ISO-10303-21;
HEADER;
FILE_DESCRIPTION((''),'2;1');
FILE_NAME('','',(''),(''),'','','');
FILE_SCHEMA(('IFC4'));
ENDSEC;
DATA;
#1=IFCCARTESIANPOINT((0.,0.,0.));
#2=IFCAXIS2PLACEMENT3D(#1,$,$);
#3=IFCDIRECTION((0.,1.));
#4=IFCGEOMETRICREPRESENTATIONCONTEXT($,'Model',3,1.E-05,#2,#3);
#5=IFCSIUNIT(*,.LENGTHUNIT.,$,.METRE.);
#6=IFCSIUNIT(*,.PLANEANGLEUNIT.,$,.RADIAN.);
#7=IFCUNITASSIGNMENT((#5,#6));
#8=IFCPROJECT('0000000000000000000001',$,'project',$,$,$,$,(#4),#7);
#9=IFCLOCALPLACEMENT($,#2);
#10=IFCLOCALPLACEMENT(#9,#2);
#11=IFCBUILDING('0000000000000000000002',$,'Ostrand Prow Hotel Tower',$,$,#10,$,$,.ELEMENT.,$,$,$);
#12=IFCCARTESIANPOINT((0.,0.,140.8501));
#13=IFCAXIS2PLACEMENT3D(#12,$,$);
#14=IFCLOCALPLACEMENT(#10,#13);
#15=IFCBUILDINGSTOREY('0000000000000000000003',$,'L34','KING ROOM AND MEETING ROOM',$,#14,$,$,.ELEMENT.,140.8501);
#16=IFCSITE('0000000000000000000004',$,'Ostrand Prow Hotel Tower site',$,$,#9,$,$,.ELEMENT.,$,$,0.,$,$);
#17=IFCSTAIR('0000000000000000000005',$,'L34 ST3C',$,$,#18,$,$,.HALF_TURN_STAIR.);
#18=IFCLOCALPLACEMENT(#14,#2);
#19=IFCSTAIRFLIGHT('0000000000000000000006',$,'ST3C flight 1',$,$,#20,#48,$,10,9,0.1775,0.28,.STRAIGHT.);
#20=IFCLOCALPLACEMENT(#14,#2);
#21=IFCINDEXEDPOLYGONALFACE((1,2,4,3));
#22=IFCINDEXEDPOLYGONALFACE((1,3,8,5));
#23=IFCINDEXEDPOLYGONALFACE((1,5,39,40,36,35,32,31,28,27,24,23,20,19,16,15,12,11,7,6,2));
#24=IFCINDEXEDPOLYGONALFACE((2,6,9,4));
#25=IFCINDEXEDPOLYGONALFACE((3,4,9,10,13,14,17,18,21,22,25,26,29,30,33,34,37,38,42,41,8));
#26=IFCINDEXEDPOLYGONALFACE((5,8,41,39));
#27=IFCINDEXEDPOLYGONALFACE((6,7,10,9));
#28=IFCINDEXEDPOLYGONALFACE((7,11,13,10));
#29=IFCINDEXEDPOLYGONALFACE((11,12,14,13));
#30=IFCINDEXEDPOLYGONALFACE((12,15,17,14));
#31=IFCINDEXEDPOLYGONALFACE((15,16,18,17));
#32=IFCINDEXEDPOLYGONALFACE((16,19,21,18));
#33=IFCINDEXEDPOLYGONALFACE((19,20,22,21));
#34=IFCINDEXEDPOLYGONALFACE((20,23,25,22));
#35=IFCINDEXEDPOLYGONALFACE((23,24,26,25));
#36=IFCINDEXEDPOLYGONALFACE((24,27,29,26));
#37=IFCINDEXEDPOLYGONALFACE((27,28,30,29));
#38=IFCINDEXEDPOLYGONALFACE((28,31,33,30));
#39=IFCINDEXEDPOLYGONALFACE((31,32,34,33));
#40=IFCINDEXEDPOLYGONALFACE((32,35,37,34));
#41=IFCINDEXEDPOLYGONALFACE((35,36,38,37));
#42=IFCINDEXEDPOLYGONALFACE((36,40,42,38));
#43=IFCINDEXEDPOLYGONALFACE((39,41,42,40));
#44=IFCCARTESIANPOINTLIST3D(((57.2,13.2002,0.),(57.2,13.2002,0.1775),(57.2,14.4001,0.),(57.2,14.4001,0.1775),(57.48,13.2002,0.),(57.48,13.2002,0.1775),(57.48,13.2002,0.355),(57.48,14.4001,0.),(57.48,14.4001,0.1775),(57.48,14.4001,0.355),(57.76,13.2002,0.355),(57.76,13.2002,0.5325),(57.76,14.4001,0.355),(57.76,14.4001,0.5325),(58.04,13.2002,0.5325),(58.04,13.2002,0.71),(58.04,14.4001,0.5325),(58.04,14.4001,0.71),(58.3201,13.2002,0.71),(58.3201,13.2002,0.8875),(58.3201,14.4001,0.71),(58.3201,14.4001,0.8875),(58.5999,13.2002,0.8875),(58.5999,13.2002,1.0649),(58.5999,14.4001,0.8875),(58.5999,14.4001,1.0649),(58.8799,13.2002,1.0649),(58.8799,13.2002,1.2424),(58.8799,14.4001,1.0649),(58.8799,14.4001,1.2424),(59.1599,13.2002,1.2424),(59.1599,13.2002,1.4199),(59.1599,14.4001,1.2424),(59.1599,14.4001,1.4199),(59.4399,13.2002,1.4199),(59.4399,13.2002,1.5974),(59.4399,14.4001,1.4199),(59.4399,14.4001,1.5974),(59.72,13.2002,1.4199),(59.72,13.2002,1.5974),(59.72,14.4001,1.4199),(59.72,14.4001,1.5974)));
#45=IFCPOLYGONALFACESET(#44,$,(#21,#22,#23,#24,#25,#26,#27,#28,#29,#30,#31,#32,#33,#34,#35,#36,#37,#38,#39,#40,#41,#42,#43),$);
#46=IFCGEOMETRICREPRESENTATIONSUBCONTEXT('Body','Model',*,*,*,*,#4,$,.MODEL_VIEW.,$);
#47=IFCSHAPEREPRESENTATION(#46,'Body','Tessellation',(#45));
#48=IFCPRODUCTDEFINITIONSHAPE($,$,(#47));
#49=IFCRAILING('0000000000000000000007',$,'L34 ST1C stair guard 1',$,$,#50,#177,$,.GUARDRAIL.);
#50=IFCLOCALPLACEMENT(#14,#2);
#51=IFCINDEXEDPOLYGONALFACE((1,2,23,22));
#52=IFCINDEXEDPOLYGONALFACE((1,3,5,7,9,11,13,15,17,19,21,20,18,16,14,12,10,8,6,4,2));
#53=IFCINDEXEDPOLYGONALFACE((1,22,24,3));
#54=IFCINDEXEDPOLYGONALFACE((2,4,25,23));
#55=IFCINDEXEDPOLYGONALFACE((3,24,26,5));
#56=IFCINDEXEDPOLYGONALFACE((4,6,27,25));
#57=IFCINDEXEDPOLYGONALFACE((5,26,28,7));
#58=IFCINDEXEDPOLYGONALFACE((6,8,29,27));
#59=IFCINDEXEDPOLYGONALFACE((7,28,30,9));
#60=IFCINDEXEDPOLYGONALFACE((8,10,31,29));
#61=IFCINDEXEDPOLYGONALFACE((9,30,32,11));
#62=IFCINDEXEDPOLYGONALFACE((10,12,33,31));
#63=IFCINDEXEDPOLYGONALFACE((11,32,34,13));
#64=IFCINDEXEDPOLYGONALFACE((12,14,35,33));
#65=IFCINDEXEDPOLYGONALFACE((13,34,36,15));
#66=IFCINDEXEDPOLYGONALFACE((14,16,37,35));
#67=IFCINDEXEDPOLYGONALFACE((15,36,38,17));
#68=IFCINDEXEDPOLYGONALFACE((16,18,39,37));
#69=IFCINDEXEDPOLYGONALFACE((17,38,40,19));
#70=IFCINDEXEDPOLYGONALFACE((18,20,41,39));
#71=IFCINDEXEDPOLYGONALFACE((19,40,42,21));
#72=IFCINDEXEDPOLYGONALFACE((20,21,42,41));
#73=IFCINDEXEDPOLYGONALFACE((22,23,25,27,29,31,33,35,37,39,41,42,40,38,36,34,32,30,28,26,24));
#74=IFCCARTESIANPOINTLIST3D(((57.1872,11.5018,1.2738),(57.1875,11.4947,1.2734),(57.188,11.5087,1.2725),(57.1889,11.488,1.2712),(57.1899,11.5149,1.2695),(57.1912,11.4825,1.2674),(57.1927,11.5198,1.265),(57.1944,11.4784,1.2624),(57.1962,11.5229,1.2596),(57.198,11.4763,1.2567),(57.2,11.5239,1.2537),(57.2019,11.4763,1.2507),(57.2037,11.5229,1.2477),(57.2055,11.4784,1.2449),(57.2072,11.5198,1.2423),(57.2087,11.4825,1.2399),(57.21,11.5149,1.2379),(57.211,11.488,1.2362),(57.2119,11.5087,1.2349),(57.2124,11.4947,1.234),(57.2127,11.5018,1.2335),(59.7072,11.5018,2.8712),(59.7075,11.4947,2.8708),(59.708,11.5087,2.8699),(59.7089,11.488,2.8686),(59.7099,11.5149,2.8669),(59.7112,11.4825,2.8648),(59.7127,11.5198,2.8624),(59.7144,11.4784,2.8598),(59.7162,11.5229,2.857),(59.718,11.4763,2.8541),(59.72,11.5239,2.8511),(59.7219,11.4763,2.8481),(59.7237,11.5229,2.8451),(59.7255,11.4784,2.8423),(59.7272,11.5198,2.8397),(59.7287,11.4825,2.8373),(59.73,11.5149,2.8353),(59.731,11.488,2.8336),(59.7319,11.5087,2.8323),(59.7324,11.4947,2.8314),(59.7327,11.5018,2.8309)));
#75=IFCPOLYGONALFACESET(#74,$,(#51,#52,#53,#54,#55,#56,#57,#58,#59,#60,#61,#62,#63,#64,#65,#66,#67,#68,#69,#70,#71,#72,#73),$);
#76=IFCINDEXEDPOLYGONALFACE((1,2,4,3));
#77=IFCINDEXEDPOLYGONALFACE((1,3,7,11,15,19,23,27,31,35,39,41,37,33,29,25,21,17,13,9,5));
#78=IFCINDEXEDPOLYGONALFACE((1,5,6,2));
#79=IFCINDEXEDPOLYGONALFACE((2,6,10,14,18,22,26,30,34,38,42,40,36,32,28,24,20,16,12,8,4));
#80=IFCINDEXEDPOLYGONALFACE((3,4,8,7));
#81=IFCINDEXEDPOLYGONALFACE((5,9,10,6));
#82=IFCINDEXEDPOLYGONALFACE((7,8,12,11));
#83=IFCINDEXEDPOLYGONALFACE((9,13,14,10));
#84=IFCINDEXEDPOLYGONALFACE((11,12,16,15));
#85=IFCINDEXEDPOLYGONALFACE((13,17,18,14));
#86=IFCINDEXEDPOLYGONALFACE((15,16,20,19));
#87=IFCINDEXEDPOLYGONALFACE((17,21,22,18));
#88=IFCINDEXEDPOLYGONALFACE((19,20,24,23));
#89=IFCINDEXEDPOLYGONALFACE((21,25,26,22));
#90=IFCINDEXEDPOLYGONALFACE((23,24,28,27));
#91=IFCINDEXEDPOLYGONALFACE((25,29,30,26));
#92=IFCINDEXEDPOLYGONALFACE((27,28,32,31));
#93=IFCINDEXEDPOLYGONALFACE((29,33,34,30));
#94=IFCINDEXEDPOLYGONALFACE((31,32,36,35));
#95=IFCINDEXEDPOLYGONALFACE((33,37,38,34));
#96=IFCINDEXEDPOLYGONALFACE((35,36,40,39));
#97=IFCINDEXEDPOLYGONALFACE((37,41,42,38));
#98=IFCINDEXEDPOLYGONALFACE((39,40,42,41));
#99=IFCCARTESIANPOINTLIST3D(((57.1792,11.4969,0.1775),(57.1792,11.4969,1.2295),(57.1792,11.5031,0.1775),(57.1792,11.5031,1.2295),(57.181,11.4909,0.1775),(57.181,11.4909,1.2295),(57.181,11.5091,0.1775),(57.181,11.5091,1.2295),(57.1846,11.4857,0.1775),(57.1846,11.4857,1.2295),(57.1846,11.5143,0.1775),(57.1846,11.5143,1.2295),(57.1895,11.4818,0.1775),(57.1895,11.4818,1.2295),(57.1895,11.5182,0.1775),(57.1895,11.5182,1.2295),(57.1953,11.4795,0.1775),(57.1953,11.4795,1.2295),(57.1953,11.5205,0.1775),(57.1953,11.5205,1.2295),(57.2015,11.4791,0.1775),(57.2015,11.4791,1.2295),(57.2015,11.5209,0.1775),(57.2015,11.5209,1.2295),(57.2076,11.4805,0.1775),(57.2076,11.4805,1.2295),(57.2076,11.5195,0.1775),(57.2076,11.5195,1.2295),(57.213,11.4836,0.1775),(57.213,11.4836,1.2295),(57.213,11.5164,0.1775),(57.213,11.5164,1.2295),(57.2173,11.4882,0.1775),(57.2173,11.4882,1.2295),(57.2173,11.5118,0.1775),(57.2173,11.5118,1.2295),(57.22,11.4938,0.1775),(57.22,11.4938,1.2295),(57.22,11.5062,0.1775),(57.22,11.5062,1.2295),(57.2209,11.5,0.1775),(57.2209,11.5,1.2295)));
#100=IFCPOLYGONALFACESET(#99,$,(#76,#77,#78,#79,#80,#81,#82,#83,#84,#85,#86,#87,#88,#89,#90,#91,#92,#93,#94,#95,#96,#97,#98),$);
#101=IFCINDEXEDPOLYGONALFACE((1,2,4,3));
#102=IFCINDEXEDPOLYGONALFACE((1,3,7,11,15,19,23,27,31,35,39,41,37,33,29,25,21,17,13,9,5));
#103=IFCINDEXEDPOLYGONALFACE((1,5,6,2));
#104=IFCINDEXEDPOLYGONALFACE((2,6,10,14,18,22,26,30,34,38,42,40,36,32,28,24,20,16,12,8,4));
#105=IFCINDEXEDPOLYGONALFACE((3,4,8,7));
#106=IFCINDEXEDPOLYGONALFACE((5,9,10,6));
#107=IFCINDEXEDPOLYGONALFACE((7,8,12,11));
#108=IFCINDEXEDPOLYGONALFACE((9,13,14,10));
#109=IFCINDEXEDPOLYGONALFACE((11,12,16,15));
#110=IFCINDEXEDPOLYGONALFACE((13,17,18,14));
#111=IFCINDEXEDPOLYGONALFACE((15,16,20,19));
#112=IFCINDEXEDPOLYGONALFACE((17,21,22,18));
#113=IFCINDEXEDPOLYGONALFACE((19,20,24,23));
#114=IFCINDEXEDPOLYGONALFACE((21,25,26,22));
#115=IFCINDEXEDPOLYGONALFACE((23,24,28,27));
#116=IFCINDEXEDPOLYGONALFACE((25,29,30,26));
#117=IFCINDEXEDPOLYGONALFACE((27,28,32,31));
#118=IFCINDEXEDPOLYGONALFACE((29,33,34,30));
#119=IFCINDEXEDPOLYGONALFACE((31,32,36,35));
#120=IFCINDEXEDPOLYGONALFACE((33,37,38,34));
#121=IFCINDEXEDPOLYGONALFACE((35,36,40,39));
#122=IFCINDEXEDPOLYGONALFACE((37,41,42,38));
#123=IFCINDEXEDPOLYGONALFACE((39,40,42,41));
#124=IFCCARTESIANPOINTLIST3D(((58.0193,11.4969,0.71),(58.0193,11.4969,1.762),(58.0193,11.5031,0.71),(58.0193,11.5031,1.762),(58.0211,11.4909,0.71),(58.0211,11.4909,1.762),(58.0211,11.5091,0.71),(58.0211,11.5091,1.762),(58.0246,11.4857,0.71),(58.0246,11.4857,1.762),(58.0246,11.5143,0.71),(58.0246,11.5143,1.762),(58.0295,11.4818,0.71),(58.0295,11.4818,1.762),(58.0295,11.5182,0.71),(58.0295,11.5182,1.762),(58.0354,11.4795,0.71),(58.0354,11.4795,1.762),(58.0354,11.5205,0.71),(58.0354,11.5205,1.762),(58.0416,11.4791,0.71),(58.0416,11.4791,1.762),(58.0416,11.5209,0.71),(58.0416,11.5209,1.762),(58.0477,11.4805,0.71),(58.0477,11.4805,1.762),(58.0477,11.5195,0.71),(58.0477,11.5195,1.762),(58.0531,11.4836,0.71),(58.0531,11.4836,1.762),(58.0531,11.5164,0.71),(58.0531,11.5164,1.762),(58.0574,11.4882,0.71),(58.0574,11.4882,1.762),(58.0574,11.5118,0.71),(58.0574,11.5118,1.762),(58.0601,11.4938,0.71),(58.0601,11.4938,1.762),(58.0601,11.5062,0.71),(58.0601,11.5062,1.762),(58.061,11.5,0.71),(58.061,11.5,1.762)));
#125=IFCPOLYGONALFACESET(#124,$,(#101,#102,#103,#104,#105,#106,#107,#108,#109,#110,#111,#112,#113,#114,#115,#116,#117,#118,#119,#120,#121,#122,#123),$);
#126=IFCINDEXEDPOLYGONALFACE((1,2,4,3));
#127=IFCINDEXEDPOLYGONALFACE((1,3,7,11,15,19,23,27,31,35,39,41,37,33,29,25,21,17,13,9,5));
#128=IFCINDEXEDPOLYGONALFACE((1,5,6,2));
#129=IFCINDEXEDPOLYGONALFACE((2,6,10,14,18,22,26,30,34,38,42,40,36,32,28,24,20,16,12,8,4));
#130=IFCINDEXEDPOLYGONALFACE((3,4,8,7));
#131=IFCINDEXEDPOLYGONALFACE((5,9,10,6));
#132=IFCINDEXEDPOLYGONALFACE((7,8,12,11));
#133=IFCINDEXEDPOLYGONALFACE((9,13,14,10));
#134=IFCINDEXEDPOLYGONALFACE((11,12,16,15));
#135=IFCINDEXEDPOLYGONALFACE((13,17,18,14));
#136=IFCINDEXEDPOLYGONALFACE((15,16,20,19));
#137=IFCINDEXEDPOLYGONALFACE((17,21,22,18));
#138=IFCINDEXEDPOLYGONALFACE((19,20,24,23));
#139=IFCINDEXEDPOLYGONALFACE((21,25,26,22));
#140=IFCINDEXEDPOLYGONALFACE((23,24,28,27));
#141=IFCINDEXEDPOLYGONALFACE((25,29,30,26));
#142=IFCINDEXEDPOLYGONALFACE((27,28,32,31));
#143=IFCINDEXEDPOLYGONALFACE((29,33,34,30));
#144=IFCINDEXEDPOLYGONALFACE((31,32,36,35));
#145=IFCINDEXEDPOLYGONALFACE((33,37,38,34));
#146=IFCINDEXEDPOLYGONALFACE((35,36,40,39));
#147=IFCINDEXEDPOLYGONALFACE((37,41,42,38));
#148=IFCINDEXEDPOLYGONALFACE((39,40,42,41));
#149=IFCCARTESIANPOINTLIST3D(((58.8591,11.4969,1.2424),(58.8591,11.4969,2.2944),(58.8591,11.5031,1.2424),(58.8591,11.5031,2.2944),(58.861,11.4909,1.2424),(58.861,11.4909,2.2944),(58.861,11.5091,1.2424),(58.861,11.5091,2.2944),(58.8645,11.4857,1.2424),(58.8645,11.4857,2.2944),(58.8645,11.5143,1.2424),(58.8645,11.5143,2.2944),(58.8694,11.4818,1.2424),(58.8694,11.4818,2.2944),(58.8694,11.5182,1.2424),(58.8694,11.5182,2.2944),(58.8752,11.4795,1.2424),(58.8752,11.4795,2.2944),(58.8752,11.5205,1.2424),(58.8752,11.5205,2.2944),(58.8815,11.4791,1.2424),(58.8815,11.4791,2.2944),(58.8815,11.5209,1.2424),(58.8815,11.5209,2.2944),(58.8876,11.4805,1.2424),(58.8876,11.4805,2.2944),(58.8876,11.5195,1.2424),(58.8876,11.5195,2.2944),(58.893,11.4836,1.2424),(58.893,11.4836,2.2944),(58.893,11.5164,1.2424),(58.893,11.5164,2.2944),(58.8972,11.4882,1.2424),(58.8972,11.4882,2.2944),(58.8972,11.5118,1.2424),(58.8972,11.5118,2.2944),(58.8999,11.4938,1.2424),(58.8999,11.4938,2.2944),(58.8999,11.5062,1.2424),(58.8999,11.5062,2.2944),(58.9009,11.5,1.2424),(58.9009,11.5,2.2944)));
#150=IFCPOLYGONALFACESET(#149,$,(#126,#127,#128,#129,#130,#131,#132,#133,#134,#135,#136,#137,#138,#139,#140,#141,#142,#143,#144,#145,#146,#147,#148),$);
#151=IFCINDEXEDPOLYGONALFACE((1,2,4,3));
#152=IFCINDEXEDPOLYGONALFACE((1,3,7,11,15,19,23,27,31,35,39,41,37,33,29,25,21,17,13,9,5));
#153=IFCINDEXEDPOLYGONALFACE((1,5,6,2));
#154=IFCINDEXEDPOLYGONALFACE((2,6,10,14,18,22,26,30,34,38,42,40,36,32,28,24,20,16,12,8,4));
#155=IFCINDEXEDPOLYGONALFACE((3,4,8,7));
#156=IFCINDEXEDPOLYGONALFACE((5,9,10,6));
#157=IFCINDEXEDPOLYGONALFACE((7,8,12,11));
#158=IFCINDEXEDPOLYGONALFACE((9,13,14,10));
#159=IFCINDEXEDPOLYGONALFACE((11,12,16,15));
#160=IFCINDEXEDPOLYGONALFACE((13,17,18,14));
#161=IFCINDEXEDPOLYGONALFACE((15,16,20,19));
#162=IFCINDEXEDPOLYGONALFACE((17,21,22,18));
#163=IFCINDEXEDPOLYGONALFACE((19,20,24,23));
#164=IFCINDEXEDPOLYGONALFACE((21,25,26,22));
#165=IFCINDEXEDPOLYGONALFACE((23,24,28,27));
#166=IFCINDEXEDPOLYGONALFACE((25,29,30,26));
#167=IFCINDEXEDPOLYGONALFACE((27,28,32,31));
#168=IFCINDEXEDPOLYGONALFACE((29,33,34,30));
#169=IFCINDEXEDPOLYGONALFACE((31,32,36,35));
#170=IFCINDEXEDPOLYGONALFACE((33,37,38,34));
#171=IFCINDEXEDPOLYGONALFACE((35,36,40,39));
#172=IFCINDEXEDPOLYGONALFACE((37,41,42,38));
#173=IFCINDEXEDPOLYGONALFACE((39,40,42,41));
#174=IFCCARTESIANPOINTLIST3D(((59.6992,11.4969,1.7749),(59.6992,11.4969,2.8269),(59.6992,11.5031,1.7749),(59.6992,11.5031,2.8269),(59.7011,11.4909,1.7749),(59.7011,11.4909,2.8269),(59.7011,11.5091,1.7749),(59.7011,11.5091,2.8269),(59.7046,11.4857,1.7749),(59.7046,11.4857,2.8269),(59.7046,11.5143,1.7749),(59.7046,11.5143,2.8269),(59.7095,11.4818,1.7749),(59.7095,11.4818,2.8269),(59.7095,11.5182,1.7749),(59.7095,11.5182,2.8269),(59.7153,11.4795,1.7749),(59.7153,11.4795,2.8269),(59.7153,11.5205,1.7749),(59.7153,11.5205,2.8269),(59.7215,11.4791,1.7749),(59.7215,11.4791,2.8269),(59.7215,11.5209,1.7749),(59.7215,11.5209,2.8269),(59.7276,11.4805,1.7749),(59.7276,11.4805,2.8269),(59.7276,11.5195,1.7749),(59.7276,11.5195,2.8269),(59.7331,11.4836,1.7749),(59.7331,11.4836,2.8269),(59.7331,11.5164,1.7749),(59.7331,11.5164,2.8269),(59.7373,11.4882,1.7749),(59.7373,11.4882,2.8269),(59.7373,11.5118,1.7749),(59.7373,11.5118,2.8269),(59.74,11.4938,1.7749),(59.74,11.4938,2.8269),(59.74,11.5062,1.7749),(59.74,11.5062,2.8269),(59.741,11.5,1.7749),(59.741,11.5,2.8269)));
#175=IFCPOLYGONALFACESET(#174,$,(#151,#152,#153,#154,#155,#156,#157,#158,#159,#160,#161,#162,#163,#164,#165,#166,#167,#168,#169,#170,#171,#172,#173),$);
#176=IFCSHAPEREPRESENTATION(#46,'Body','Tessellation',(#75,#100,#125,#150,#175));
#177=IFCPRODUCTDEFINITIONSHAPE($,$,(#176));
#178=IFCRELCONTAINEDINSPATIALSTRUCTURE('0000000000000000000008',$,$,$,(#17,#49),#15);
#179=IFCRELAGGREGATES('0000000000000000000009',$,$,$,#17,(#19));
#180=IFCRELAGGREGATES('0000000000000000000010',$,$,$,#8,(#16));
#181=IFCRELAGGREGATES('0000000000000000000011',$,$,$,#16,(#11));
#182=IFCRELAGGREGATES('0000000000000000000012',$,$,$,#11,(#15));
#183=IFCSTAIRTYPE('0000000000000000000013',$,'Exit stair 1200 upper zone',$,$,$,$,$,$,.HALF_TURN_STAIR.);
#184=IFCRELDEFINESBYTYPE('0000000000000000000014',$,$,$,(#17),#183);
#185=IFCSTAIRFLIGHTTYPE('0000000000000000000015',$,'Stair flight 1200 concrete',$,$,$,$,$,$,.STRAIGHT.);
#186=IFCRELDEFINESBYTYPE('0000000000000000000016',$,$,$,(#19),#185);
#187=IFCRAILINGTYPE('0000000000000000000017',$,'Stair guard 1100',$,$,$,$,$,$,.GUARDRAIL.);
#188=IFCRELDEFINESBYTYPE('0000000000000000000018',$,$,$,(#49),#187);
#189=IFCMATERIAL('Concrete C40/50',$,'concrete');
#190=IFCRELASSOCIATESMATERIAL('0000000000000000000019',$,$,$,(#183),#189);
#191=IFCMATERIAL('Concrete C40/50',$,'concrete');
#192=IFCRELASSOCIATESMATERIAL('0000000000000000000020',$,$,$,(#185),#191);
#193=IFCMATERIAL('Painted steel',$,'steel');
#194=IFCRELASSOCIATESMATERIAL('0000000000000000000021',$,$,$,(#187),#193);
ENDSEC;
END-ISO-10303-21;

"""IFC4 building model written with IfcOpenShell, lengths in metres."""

from ifc_helpers import new_model, si_unit, direction, frame, origin, origin_2d, place, context, subcontext, project, spatial, polyline, circle, outline, extrude, material, type_object, element, aggregate, save


model = new_model("IFC4")

# Units and contexts
model_context = context("Model", 3, precision=1e-05, world=origin(), true_north=direction((0.0, 1.0)))
body_context = subcontext(model_context, "Body", "Model", "MODEL_VIEW")
ifc_project = project(units=[si_unit("LENGTHUNIT", "METRE"), si_unit("PLANEANGLEUNIT", "RADIAN")], contexts=[model_context])

# Site, building, storey
site_placement = place(None, origin())
site = spatial("IfcSite", under=ifc_project, at=site_placement, Name="Ostrand Prow Hotel Tower site", CompositionType="ELEMENT", RefElevation=0.0)
building_placement = place(site_placement, origin())
building = spatial("IfcBuilding", under=site, at=building_placement, Name="Ostrand Prow Hotel Tower", CompositionType="ELEMENT")
storey_placement = place(building_placement, frame((0.0, 0.0, 140.8501)))
storey = spatial("IfcBuildingStorey", under=building, at=storey_placement, Name="L34", Description="KING ROOM AND MEETING ROOM", CompositionType="ELEMENT", Elevation=140.8501)

# Shared definitions
ifc_material_1 = material(Name="Concrete C40/50", Category="concrete")
stair_type = type_object("IfcStairType", Name="Exit stair 1200 upper zone", PredefinedType="HALF_TURN_STAIR", material=ifc_material_1)
ifc_material_2 = material(Name="Concrete C40/50", Category="concrete")
stair_flight_type = type_object("IfcStairFlightType", Name="Stair flight 1200 concrete", PredefinedType="STRAIGHT", material=ifc_material_2)

# Stair, stair flight
stair_1_placement = place(storey_placement, origin())
stair_1 = element("IfcStair", 1, at=stair_1_placement, inside=storey, type_object=stair_type, Name="L34 ST3C", PredefinedType="HALF_TURN_STAIR")
stair_flight_1_placement = place(storey_placement, frame((57.2, 13.8, 0.0), z_axis=(0.0, 0.0, 1.0), x_axis=(1.0, 0.0, 0.0)))
stair_flight_1 = element("IfcStairFlight", 2, at=stair_flight_1_placement, type_object=stair_flight_type, Name="ST3C flight 1", NumberOfRisers=10, NumberOfTreads=9, PredefinedType="STRAIGHT", RiserHeight=0.1775, TreadLength=0.28, context=body_context, shape_type="SweptSolid", body=[
    extrude(outline(polyline([(0.0, 0.0), (0.0, 0.1775), (0.28, 0.1775), (0.28, 0.355), (0.5601, 0.355), (0.5601, 0.5325), (0.8401, 0.5325), (0.8401, 0.71), (1.1201, 0.71), (1.1201, 0.8875), (1.3999, 0.8875), (1.3999, 1.0649), (1.6799, 1.0649), (1.6799, 1.2424), (1.96, 1.2424), (1.96, 1.4199), (2.24, 1.4199), (2.24, 1.5974), (2.52, 1.5974), (2.52, 1.7749), (2.52, 1.4199), (0.28, 0.0), (0.0, 0.0)])), frame((0.0, 0.6001, 0.0), z_axis=(0.0, -1.0, 0.0), x_axis=(1.0, 0.0, 0.0)), (0.0, 0.0, 1.0), 1.2),
])
aggregate(stair_1, [stair_flight_1])

# Railing
ifc_material_3 = material(Name="Painted steel", Category="steel")
railing_type_1 = type_object("IfcRailingType", Name="Stair guard 1100", PredefinedType="GUARDRAIL", material=ifc_material_3)
railing_1_placement = place(storey_placement, frame((57.2, 11.5, 0.1775)))
element("IfcRailing", 3, at=railing_1_placement, inside=storey, type_object=railing_type_1, Name="L34 ST1C stair guard 1", PredefinedType="GUARDRAIL", context=body_context, shape_type="SweptSolid", body=[
    extrude(circle(Radius=0.0239, at=origin_2d()), frame((0.0, 0.0, 1.0762), z_axis=(0.844607, 0.0, 0.535387), x_axis=(0.0, 1.0, 0.0)), (0.0, 0.0, 1.0), 2.9836),
    extrude(circle(Radius=0.021, at=origin_2d()), origin(), (0.0, 0.0, 1.0), 1.052),
    extrude(circle(Radius=0.021, at=origin_2d()), frame((0.8401, 0.0, 0.5325)), (0.0, 0.0, 1.0), 1.052),
    extrude(circle(Radius=0.021, at=origin_2d()), frame((1.6799, 0.0, 1.0649)), (0.0, 0.0, 1.0), 1.052),
    extrude(circle(Radius=0.021, at=origin_2d()), frame((2.52, 0.0, 1.5974)), (0.0, 0.0, 1.0), 1.052),
])

save(model, "model.ifc")
